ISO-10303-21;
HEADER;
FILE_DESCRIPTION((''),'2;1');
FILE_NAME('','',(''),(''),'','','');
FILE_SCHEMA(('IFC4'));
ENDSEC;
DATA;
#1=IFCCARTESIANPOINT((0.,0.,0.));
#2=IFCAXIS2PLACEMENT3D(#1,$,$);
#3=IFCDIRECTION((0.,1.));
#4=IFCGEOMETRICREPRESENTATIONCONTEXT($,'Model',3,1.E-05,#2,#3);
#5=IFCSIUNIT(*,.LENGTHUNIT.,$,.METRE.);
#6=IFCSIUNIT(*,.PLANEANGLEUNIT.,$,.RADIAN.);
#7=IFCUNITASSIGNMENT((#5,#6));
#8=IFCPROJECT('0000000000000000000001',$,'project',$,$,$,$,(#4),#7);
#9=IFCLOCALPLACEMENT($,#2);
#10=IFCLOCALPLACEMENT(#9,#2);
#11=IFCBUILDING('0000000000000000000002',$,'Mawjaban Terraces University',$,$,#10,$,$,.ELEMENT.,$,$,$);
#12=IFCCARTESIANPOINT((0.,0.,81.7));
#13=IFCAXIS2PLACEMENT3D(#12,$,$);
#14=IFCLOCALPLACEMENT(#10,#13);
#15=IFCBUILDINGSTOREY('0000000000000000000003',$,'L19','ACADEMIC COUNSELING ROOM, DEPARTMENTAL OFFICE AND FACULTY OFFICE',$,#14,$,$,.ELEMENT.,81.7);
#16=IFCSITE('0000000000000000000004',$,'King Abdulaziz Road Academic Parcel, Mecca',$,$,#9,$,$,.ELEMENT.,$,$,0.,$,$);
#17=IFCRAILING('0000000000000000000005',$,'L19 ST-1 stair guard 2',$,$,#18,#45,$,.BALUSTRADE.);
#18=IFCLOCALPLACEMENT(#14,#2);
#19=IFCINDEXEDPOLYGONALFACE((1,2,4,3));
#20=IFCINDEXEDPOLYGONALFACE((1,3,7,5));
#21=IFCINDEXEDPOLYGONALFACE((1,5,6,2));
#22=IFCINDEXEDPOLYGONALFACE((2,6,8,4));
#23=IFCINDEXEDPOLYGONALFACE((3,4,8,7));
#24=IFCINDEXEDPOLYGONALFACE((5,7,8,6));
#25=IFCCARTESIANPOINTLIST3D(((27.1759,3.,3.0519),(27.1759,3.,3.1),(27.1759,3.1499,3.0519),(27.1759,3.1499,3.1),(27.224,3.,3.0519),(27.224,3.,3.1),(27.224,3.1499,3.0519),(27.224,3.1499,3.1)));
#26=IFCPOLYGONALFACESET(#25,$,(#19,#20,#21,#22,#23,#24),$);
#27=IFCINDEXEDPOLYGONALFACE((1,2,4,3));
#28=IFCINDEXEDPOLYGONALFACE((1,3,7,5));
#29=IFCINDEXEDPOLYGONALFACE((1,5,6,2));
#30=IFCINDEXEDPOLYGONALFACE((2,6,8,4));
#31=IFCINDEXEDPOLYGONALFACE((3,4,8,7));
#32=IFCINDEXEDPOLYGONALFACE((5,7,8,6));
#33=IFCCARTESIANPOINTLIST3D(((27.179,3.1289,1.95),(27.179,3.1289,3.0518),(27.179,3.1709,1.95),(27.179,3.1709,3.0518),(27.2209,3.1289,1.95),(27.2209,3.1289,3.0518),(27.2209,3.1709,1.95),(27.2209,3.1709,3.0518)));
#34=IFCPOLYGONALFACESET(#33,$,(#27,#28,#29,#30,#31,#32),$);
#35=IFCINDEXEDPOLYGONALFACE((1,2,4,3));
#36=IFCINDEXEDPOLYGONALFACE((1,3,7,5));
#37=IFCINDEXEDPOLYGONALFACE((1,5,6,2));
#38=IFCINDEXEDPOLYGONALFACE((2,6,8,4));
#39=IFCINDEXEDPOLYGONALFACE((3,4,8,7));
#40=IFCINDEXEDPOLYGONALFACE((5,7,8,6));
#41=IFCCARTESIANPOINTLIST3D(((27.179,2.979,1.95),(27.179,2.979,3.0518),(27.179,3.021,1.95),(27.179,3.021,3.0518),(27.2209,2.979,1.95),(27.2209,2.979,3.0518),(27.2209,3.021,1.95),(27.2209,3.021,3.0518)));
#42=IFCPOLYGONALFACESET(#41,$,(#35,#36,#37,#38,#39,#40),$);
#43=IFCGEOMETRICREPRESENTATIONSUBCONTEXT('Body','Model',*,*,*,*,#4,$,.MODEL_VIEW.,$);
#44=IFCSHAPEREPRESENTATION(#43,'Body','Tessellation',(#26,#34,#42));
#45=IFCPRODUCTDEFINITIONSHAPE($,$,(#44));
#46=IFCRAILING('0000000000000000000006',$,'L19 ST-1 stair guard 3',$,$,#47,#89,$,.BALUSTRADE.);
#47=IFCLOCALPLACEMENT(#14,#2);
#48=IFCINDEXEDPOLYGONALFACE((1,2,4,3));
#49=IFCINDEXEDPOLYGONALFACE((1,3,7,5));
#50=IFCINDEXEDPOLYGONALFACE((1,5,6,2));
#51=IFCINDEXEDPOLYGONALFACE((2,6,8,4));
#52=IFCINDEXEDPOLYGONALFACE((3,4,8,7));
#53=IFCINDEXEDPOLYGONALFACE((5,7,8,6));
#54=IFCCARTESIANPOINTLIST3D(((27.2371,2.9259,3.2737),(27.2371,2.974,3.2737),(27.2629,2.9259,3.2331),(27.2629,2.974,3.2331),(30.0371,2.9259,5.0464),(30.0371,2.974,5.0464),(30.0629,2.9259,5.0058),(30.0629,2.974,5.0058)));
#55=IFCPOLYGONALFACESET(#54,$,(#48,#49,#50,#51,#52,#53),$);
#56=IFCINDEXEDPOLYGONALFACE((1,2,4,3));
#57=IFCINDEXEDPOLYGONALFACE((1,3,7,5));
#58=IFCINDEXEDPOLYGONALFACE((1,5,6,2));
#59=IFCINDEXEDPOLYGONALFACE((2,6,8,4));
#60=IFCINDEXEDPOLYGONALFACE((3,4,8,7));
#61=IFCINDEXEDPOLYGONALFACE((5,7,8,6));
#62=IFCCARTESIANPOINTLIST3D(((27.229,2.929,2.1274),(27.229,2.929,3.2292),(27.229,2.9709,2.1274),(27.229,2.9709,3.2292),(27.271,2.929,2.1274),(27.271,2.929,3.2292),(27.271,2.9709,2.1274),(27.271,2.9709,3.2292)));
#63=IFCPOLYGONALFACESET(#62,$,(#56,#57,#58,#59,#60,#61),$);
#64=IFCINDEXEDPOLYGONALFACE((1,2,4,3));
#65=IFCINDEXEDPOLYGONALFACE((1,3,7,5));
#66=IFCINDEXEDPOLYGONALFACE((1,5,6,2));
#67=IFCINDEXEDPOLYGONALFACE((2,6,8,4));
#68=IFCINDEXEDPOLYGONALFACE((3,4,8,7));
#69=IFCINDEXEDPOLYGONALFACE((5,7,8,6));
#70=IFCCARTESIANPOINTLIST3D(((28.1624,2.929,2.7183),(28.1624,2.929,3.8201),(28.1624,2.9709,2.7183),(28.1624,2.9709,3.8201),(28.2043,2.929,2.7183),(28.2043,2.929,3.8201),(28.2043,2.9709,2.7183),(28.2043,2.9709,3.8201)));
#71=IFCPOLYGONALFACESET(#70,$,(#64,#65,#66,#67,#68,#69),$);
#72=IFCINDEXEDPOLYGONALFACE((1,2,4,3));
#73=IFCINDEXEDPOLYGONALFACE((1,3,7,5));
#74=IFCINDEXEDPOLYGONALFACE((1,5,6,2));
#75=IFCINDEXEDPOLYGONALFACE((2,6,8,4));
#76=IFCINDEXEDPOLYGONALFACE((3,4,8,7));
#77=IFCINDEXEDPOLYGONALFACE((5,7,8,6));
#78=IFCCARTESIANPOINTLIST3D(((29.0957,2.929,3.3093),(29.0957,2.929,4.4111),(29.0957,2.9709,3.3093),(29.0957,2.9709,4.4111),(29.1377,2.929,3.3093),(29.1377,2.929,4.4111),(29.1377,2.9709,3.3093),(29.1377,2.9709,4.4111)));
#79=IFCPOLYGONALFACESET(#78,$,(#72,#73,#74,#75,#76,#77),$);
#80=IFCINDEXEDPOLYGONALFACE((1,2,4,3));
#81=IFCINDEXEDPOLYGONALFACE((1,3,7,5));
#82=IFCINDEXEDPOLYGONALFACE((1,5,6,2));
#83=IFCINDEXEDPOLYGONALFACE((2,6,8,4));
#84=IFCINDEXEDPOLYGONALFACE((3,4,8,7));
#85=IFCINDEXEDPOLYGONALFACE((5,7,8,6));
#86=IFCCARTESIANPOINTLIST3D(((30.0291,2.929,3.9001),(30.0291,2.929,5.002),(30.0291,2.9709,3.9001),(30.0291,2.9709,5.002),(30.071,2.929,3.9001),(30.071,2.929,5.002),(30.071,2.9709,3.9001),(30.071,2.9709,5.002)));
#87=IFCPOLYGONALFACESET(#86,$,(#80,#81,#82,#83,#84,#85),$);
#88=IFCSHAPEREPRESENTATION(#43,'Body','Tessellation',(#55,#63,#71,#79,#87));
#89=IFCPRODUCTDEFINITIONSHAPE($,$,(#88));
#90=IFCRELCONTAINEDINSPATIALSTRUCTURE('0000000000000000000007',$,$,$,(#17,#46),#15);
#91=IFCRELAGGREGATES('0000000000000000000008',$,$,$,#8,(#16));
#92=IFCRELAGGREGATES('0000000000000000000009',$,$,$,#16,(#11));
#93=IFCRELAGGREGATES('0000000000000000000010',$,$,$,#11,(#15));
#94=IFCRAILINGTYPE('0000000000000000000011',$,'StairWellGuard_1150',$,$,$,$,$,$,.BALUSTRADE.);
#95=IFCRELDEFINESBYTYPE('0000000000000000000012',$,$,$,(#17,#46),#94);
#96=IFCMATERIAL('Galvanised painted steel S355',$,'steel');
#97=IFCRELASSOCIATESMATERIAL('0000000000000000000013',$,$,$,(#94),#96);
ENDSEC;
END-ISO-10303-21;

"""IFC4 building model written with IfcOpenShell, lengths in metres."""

from ifc_helpers import new_model, si_unit, direction, frame, origin, origin_2d, place, context, subcontext, project, spatial, rectangle, extrude, material, type_object, element, save


model = new_model("IFC4")

# Units and contexts
model_context = context("Model", 3, precision=1e-05, world=origin(), true_north=direction((0.0, 1.0)))
body_context = subcontext(model_context, "Body", "Model", "MODEL_VIEW")
ifc_project = project(units=[si_unit("LENGTHUNIT", "METRE"), si_unit("PLANEANGLEUNIT", "RADIAN")], contexts=[model_context])

# Site, building, storey
site_placement = place(None, origin())
site = spatial("IfcSite", under=ifc_project, at=site_placement, Name="King Abdulaziz Road Academic Parcel, Mecca", CompositionType="ELEMENT", RefElevation=0.0)
building_placement = place(site_placement, origin())
building = spatial("IfcBuilding", under=site, at=building_placement, Name="Mawjaban Terraces University", CompositionType="ELEMENT")
storey_placement = place(building_placement, frame((0.0, 0.0, 81.7)))
storey = spatial("IfcBuildingStorey", under=building, at=storey_placement, Name="L19", Description="ACADEMIC COUNSELING ROOM, DEPARTMENTAL OFFICE AND FACULTY OFFICE", CompositionType="ELEMENT", Elevation=81.7)

# Railings
ifc_material_1 = material(Name="Galvanised painted steel S355", Category="steel")
railing_type_1 = type_object("IfcRailingType", Name="StairWellGuard_1150", PredefinedType="BALUSTRADE", material=ifc_material_1)
railing_1_placement = place(storey_placement, frame((27.2, 3.1499, 1.95)))
element("IfcRailing", 1, at=railing_1_placement, inside=storey, type_object=railing_type_1, Name="L19 ST-1 stair guard 2", PredefinedType="BALUSTRADE", context=body_context, shape_type="SweptSolid", body=[
    extrude(rectangle(XDim=0.0481, YDim=0.0481, at=origin_2d()), frame((0.0, 0.0, 1.126), z_axis=(0.0, -1.0, 0.0), x_axis=(1.0, 0.0, 0.0)), (0.0, 0.0, 1.0), 0.1499),
    extrude(rectangle(XDim=0.042, YDim=0.042, at=origin_2d()), origin(), (0.0, 0.0, 1.0), 1.1018),
    extrude(rectangle(XDim=0.042, YDim=0.042, at=origin_2d()), frame((0.0, -0.1499, 0.0)), (0.0, 0.0, 1.0), 1.1018),
])
railing_2_placement = place(storey_placement, frame((27.25, 2.95, 2.1274)))
element("IfcRailing", 2, at=railing_2_placement, inside=storey, type_object=railing_type_1, Name="L19 ST-1 stair guard 3", PredefinedType="BALUSTRADE", context=body_context, shape_type="SweptSolid", body=[
    extrude(rectangle(XDim=0.0481, YDim=0.0481, at=origin_2d()), frame((0.0, 0.0, 1.126), z_axis=(0.844909, 0.0, 0.53491), x_axis=(0.0, 1.0, 0.0)), (0.0, 0.0, 1.0), 3.314),
    extrude(rectangle(XDim=0.042, YDim=0.042, at=origin_2d()), origin(), (0.0, 0.0, 1.0), 1.1018),
    extrude(rectangle(XDim=0.042, YDim=0.042, at=origin_2d()), frame((0.9333, 0.0, 0.5908)), (0.0, 0.0, 1.0), 1.1018),
    extrude(rectangle(XDim=0.042, YDim=0.042, at=origin_2d()), frame((1.8667, 0.0, 1.1819)), (0.0, 0.0, 1.0), 1.1018),
    extrude(rectangle(XDim=0.042, YDim=0.042, at=origin_2d()), frame((2.8, 0.0, 1.7727)), (0.0, 0.0, 1.0), 1.1018),
])

save(model, "model.ifc")
